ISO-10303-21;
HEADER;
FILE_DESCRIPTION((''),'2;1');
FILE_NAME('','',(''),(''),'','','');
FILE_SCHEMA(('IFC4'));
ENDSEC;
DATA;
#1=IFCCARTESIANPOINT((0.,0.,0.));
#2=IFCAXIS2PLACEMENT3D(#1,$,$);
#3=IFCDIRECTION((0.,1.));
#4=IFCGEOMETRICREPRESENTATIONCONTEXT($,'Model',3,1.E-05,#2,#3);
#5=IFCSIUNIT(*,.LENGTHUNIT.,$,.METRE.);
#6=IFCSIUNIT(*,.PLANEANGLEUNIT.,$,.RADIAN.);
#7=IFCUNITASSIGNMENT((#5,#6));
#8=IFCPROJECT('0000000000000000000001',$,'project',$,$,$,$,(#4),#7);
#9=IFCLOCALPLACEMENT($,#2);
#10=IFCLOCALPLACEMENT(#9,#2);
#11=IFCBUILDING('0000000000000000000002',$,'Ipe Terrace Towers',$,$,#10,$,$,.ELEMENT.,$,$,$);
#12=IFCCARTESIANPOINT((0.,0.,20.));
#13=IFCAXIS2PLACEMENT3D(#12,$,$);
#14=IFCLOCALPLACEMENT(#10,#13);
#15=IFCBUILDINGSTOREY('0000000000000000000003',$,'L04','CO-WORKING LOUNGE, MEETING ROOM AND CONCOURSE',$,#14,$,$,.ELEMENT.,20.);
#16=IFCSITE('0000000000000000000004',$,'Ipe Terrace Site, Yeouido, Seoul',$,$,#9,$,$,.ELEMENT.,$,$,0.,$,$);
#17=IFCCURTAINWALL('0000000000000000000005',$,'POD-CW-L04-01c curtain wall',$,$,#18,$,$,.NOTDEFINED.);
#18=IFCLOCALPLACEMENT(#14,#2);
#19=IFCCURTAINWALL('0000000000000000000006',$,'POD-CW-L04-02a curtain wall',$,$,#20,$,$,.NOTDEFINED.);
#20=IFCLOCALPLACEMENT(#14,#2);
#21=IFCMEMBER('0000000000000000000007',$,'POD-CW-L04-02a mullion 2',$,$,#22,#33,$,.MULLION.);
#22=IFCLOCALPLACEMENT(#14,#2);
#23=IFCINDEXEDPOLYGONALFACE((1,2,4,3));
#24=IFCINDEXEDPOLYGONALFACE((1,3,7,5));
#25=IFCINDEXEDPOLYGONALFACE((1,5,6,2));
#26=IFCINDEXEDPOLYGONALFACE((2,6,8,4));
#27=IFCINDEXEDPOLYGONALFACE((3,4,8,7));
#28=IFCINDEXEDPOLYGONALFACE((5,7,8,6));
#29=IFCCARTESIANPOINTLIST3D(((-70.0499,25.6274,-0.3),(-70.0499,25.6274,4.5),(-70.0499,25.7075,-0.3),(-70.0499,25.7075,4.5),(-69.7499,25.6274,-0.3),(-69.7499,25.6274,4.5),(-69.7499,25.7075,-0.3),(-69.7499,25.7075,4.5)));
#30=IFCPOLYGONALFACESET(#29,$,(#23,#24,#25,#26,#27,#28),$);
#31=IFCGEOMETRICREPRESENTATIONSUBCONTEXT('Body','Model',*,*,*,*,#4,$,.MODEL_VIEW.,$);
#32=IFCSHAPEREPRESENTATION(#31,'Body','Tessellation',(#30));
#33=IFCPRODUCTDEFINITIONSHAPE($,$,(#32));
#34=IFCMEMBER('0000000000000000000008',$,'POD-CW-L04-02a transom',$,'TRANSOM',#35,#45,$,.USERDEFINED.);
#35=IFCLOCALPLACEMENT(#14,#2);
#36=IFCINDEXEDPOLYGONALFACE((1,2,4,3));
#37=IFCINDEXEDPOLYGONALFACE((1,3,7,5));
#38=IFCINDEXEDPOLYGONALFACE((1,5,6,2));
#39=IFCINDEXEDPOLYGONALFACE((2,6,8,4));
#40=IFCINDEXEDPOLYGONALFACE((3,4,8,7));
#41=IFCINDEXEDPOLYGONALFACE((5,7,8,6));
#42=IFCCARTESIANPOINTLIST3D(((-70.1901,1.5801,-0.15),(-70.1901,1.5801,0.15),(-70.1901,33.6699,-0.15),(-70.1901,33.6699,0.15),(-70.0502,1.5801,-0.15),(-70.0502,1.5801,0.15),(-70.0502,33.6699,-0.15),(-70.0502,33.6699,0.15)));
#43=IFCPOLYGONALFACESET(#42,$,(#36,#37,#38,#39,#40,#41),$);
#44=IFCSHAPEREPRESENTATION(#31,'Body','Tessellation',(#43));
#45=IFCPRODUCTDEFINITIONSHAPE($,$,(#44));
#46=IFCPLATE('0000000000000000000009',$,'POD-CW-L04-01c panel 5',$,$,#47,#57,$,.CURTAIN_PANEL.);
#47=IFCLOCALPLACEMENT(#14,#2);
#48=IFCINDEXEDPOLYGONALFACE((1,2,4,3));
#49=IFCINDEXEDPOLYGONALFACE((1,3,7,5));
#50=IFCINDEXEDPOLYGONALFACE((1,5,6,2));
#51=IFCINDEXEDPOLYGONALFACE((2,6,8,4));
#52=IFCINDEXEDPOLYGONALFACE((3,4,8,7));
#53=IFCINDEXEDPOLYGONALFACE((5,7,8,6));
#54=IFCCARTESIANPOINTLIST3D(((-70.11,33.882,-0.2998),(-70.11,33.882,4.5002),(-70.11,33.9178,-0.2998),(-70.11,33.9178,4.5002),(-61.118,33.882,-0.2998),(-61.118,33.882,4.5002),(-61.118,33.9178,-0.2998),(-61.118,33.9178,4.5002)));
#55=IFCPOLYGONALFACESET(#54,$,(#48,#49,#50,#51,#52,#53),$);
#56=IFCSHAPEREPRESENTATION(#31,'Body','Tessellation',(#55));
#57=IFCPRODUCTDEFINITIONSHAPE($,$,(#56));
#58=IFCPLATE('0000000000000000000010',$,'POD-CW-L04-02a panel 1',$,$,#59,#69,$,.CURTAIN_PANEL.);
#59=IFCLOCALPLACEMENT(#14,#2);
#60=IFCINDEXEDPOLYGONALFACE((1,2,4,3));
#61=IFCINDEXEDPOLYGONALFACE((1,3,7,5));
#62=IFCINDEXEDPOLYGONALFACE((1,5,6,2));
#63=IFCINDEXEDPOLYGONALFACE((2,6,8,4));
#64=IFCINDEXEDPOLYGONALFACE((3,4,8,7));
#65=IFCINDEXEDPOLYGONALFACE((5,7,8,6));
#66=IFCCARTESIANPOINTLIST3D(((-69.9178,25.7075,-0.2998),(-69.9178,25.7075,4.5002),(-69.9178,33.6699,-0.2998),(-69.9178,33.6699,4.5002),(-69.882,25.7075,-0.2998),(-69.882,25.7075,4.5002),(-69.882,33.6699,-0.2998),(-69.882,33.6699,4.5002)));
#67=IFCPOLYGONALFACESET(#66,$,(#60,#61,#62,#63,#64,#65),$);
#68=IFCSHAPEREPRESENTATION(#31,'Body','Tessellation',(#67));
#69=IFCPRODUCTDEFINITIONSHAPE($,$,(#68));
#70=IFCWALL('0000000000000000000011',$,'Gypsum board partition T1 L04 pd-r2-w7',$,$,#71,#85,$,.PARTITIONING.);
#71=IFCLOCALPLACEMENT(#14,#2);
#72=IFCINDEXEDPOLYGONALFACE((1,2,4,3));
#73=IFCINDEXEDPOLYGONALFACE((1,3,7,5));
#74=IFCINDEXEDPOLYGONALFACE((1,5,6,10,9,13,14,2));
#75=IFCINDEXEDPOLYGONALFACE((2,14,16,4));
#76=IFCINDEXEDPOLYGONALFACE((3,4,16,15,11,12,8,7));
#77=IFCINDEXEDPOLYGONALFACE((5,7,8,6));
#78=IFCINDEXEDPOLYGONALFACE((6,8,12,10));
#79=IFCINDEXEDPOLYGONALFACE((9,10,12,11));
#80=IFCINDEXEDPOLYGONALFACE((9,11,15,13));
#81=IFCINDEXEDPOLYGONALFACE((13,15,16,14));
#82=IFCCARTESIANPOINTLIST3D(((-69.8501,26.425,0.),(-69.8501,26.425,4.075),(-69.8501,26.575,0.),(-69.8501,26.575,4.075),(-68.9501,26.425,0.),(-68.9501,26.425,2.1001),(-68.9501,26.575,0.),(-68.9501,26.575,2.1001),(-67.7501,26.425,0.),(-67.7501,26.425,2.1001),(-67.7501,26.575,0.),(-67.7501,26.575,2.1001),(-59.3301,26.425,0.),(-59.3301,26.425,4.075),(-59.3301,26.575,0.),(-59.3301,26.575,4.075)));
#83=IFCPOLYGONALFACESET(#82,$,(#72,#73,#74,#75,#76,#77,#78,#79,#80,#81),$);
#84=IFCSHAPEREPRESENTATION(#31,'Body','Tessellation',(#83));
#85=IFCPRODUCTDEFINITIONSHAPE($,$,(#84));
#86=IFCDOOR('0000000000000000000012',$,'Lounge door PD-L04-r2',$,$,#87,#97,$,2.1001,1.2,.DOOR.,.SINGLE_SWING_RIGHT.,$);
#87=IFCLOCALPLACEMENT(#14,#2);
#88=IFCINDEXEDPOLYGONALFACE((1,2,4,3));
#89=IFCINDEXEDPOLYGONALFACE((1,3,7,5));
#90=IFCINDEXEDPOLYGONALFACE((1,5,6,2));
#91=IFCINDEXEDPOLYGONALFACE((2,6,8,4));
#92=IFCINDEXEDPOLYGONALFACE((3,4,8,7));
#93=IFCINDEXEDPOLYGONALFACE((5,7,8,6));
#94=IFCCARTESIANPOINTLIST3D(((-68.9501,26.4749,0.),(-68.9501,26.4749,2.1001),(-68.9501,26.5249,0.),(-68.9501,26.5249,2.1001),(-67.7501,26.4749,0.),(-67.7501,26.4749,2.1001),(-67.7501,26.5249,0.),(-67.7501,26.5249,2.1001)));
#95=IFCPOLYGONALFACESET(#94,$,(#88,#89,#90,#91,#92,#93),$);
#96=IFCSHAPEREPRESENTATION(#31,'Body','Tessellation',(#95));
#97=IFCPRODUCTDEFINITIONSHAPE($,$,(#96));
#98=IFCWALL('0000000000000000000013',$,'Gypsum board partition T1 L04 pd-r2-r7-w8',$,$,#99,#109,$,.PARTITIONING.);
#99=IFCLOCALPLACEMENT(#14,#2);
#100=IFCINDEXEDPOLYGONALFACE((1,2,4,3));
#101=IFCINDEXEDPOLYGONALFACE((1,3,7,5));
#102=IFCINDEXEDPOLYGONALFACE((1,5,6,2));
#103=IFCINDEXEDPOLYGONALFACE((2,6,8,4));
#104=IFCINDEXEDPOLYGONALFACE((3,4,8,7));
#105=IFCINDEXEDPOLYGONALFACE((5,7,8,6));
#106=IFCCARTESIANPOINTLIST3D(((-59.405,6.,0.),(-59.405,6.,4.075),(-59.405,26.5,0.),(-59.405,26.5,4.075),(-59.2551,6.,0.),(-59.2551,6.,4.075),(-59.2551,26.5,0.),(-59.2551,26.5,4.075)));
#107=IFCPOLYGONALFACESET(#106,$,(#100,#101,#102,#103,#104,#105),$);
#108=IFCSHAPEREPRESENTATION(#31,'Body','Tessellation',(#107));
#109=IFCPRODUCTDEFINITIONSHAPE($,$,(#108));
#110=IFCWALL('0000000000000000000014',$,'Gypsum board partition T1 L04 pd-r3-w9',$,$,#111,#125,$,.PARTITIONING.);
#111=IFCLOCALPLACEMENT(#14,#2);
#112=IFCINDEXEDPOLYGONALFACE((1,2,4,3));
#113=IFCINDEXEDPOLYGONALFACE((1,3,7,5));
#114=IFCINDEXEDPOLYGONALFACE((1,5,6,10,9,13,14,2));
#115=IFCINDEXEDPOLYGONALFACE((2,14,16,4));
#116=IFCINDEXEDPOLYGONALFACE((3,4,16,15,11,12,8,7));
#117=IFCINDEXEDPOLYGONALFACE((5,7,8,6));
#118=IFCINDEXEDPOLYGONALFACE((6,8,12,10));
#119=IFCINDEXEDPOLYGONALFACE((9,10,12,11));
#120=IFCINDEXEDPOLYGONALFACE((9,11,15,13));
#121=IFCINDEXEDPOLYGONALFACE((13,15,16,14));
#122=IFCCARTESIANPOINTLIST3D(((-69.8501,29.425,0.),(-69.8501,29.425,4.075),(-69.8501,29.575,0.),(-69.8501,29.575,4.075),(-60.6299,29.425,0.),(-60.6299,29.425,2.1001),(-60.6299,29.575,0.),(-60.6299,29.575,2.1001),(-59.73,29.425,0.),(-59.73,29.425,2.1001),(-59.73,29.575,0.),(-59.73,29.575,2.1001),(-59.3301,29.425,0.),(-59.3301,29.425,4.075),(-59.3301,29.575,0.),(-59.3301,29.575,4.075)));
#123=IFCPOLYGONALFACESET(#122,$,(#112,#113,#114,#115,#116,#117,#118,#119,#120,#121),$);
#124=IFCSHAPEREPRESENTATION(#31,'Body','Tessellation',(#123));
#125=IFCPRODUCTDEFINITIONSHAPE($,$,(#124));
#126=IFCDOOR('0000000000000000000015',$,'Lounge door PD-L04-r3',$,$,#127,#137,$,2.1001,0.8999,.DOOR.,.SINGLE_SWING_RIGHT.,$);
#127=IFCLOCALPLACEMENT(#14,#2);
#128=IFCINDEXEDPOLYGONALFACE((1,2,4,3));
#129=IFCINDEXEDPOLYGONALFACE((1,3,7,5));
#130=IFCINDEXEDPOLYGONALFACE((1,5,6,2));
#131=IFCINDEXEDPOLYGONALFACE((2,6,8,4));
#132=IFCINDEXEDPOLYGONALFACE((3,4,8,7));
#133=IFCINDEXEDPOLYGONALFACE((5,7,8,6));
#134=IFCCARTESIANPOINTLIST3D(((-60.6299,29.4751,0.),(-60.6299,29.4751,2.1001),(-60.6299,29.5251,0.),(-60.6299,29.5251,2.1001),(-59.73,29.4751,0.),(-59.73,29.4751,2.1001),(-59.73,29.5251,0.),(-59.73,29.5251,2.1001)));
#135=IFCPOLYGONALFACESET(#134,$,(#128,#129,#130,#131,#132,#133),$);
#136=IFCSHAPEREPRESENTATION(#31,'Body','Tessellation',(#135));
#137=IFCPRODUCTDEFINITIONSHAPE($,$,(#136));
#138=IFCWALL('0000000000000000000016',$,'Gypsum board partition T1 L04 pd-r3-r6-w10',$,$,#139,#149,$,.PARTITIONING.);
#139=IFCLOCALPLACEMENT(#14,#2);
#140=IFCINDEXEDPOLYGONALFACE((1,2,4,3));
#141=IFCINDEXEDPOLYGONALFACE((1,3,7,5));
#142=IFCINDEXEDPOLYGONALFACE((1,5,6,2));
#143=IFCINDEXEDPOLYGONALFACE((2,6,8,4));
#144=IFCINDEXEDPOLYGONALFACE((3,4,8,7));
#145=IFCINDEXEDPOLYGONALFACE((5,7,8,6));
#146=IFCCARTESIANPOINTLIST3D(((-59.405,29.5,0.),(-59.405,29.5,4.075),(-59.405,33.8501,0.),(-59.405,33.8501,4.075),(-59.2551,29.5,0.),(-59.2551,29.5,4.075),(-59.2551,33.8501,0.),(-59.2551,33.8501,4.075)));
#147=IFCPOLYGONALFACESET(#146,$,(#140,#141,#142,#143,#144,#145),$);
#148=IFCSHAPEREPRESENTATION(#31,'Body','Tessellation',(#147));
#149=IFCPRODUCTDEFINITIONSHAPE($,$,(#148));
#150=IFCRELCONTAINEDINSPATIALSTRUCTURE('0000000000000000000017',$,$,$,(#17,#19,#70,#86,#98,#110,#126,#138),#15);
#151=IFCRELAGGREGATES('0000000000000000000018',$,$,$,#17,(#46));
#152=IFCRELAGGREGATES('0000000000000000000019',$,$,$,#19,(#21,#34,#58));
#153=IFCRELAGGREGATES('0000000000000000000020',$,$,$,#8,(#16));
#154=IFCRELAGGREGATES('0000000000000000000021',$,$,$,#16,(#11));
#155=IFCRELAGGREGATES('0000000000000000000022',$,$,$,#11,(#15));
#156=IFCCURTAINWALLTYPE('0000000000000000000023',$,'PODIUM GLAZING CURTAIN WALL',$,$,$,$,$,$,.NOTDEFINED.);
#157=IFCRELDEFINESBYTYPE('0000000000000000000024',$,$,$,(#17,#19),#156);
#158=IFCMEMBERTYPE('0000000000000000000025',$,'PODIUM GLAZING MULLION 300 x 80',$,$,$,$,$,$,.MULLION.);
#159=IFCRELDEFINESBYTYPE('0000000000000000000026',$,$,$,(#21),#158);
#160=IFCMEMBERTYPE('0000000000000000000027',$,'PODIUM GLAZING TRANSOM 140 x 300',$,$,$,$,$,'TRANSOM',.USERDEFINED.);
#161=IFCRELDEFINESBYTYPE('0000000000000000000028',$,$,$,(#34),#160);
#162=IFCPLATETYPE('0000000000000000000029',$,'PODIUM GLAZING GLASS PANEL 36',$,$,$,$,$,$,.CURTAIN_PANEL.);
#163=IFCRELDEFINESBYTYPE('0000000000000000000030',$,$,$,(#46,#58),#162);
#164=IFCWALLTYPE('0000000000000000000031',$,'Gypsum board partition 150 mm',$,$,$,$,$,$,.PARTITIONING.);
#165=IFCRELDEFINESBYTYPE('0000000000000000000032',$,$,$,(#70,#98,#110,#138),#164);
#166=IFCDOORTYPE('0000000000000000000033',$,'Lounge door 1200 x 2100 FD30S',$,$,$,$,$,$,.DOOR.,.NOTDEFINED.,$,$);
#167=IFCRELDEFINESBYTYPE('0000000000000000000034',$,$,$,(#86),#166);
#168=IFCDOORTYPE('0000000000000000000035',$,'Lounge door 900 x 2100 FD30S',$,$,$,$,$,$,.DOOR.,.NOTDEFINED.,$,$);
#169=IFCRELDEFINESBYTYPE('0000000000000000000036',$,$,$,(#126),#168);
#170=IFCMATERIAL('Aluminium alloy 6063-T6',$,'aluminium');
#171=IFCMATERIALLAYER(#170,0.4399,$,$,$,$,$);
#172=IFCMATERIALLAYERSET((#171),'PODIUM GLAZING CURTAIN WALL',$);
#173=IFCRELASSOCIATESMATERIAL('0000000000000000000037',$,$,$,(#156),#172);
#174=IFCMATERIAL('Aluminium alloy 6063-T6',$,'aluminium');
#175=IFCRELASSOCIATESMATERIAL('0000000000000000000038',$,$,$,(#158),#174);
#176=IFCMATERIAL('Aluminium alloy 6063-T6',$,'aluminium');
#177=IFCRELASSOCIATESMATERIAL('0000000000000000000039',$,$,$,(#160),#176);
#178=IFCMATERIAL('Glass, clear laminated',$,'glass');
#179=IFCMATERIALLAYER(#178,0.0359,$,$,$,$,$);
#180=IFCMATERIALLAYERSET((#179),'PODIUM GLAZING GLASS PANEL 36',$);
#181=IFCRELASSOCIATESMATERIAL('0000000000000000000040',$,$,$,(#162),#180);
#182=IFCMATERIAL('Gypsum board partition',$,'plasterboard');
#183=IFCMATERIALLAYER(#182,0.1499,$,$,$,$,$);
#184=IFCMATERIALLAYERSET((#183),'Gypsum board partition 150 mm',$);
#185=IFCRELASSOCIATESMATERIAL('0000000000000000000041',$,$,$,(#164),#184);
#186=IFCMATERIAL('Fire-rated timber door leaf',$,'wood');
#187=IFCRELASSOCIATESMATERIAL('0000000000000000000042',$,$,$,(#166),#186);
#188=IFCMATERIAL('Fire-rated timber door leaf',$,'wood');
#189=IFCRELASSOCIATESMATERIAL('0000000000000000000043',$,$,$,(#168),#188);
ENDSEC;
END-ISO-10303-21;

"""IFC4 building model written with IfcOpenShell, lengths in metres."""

from ifc_helpers import new_model, si_unit, direction, frame, frame_2d, origin, origin_2d, place, context, subcontext, project, spatial, rectangle, extrude, material, layer, layer_set, material_profile, profile_set, type_object, element, fill, aggregate, save


model = new_model("IFC4")

# Units and contexts
model_context = context("Model", 3, precision=1e-05, world=origin(), true_north=direction((0.0, 1.0)))
body_context = subcontext(model_context, "Body", "Model", "MODEL_VIEW")
ifc_project = project(units=[si_unit("LENGTHUNIT", "METRE"), si_unit("PLANEANGLEUNIT", "RADIAN")], contexts=[model_context])

# Site, building, storey
site_placement = place(None, origin())
site = spatial("IfcSite", under=ifc_project, at=site_placement, Name="Ipe Terrace Site, Yeouido, Seoul", CompositionType="ELEMENT", RefElevation=0.0)
building_placement = place(site_placement, origin())
building = spatial("IfcBuilding", under=site, at=building_placement, Name="Ipe Terrace Towers", CompositionType="ELEMENT")
storey_placement = place(building_placement, frame((0.0, 0.0, 20.0)))
storey = spatial("IfcBuildingStorey", under=building, at=storey_placement, Name="L04", Description="CO-WORKING LOUNGE, MEETING ROOM AND CONCOURSE", CompositionType="ELEMENT", Elevation=20.0)

# Curtain walls, members
ifc_material_1 = material(Name="Aluminium alloy 6063-T6", Category="aluminium")
ifc_layer_1 = layer(ifc_material_1, 0.4399)
ifc_layer_set_1 = layer_set([ifc_layer_1], Name="PODIUM GLAZING CURTAIN WALL")
curtain_wall_type = type_object("IfcCurtainWallType", Name="PODIUM GLAZING CURTAIN WALL", PredefinedType="NOTDEFINED", material=ifc_layer_set_1)
curtain_wall_1_placement = place(storey_placement, origin())
curtain_wall_1 = element("IfcCurtainWall", 1, at=curtain_wall_1_placement, inside=storey, type_object=curtain_wall_type, Name="POD-CW-L04-01c curtain wall", PredefinedType="NOTDEFINED")
ifc_material_2 = material(Name="Aluminium alloy 6063-T6", Category="aluminium")
ifc_material_profile_1 = material_profile(ifc_material_2, rectangle(XDim=0.3, YDim=0.0801, at=origin_2d()), Name="PODIUM GLAZING MULLION 300 x 80")
ifc_profile_set_1 = profile_set([ifc_material_profile_1], Name="Aluminium alloy 6063-T6")
member_type_1 = type_object("IfcMemberType", Name="PODIUM GLAZING MULLION 300 x 80", PredefinedType="MULLION", material=ifc_profile_set_1)
curtain_wall_2_placement = place(storey_placement, origin())
curtain_wall_2 = element("IfcCurtainWall", 2, at=curtain_wall_2_placement, inside=storey, type_object=curtain_wall_type, Name="POD-CW-L04-02a curtain wall", PredefinedType="NOTDEFINED")
member_1_placement = place(storey_placement, frame((-69.8999, 25.6675, -0.3), z_axis=(0.0, 0.0, 1.0), x_axis=(-1.0, 0.0, 0.0)))
member_1 = element("IfcMember", 3, at=member_1_placement, type_object=member_type_1, Name="POD-CW-L04-02a mullion 2", PredefinedType="MULLION", context=body_context, shape_type="SweptSolid", body=[
    extrude(rectangle(XDim=0.3, YDim=0.0801, at=origin_2d()), origin(), (0.0, 0.0, 1.0), 4.8),
])
ifc_material_3 = material(Name="Aluminium alloy 6063-T6", Category="aluminium")
ifc_material_profile_2 = material_profile(ifc_material_3, rectangle(XDim=0.1399, YDim=0.3, at=origin_2d()), Name="PODIUM GLAZING TRANSOM 140 x 300")
ifc_profile_set_2 = profile_set([ifc_material_profile_2], Name="Aluminium alloy 6063-T6")
member_type_2 = type_object("IfcMemberType", Name="PODIUM GLAZING TRANSOM 140 x 300", ElementType="TRANSOM", PredefinedType="USERDEFINED", material=ifc_profile_set_2)
member_2_placement = place(storey_placement, frame((-70.1201, 33.6699, 0.0), z_axis=(0.0, -1.0, 0.0), x_axis=(-1.0, 0.0, 0.0)))
member_2 = element("IfcMember", 4, at=member_2_placement, type_object=member_type_2, Name="POD-CW-L04-02a transom", ObjectType="TRANSOM", PredefinedType="USERDEFINED", context=body_context, shape_type="SweptSolid", body=[
    extrude(rectangle(XDim=0.1399, YDim=0.3, at=origin_2d()), origin(), (0.0, 0.0, 1.0), 32.0898),
])

# Plates
ifc_material_4 = material(Name="Glass, clear laminated", Category="glass")
ifc_layer_2 = layer(ifc_material_4, 0.0359)
ifc_layer_set_2 = layer_set([ifc_layer_2], Name="PODIUM GLAZING GLASS PANEL 36")
plate_type = type_object("IfcPlateType", Name="PODIUM GLAZING GLASS PANEL 36", PredefinedType="CURTAIN_PANEL", material=ifc_layer_set_2)
plate_1_placement = place(storey_placement, frame((-65.614, 33.8999, -0.2998), z_axis=(0.0, 0.0, 1.0), x_axis=(-1.0, 0.0, 0.0)))
plate_1 = element("IfcPlate", 5, at=plate_1_placement, type_object=plate_type, Name="POD-CW-L04-01c panel 5", PredefinedType="CURTAIN_PANEL", context=body_context, shape_type="SweptSolid", body=[
    extrude(rectangle(XDim=8.9919, YDim=0.0359, at=origin_2d()), origin(), (0.0, 0.0, 1.0), 4.8),
])
aggregate(curtain_wall_1, [plate_1])
plate_2_placement = place(storey_placement, frame((-69.8999, 29.6887, -0.2998), z_axis=(0.0, 0.0, 1.0), x_axis=(0.0, -1.0, 0.0)))
plate_2 = element("IfcPlate", 6, at=plate_2_placement, type_object=plate_type, Name="POD-CW-L04-02a panel 1", PredefinedType="CURTAIN_PANEL", context=body_context, shape_type="SweptSolid", body=[
    extrude(rectangle(XDim=7.9624, YDim=0.0359, at=origin_2d()), origin(), (0.0, 0.0, 1.0), 4.8),
])
aggregate(curtain_wall_2, [member_1, member_2, plate_2])

# Wall, opening, door
ifc_material_5 = material(Name="Gypsum board partition", Category="plasterboard")
ifc_layer_3 = layer(ifc_material_5, 0.1499)
ifc_layer_set_3 = layer_set([ifc_layer_3], Name="Gypsum board partition 150 mm")
wall_type_1 = type_object("IfcWallType", Name="Gypsum board partition 150 mm", PredefinedType="PARTITIONING", material=ifc_layer_set_3)
wall_1_placement = place(storey_placement, frame((-69.8501, 26.5, 0.0), z_axis=(0.0, 0.0, 1.0), x_axis=(1.0, 0.0, 0.0)))
wall_1 = element("IfcWall", 7, at=wall_1_placement, inside=storey, type_object=wall_type_1, Name="Gypsum board partition T1 L04 pd-r2-w7", PredefinedType="PARTITIONING", context=body_context, shape_type="SweptSolid", body=[
    extrude(rectangle(XDim=10.52, YDim=0.1499, at=frame_2d((5.26, 0.0))), origin(), (0.0, 0.0, 1.0), 4.075),
])
opening_1_placement = place(wall_1_placement, frame((0.8999, 0.0, 0.0)))
opening_1 = element("IfcOpeningElement", 8, at=opening_1_placement, cuts=wall_1, PredefinedType="OPENING", context=body_context, shape_type="SweptSolid", body=[
    extrude(rectangle(XDim=1.2, YDim=2.1001, at=frame_2d((0.6001, 1.05))), frame((0.0, 0.085, 0.0), z_axis=(0.0, -1.0, 0.0), x_axis=(1.0, 0.0, 0.0)), (0.0, 0.0, 1.0), 0.1699),
])
ifc_material_6 = material(Name="Fire-rated timber door leaf", Category="wood")
door_type_1 = type_object("IfcDoorType", Name="Lounge door 1200 x 2100 FD30S", OperationType="NOTDEFINED", PredefinedType="DOOR", material=ifc_material_6)
door_1_placement = place(opening_1_placement, origin())
door_1 = element("IfcDoor", 9, at=door_1_placement, inside=storey, type_object=door_type_1, Name="Lounge door PD-L04-r2", OperationType="SINGLE_SWING_RIGHT", OverallHeight=2.1001, OverallWidth=1.2, PredefinedType="DOOR", context=body_context, shape_type="SweptSolid", body=[
    extrude(rectangle(XDim=1.2, YDim=2.1001, at=frame_2d((0.6001, 1.05))), frame((0.0, 0.0249, 0.0), z_axis=(0.0, -1.0, 0.0), x_axis=(1.0, 0.0, 0.0)), (0.0, 0.0, 1.0), 0.05),
])
fill(opening_1, door_1)

# Wall
wall_2_placement = place(storey_placement, frame((-59.3301, 26.5, 0.0), z_axis=(0.0, 0.0, 1.0), x_axis=(0.0, -1.0, 0.0)))
element("IfcWall", 10, at=wall_2_placement, inside=storey, type_object=wall_type_1, Name="Gypsum board partition T1 L04 pd-r2-r7-w8", PredefinedType="PARTITIONING", context=body_context, shape_type="SweptSolid", body=[
    extrude(rectangle(XDim=20.5, YDim=0.1499, at=frame_2d((10.25, 0.0))), origin(), (0.0, 0.0, 1.0), 4.075),
])

# Wall, opening, door
wall_3_placement = place(storey_placement, frame((-59.3301, 29.5, 0.0), z_axis=(0.0, 0.0, 1.0), x_axis=(-1.0, 0.0, 0.0)))
wall_3 = element("IfcWall", 11, at=wall_3_placement, inside=storey, type_object=wall_type_1, Name="Gypsum board partition T1 L04 pd-r3-w9", PredefinedType="PARTITIONING", context=body_context, shape_type="SweptSolid", body=[
    extrude(rectangle(XDim=10.52, YDim=0.1499, at=frame_2d((5.26, 0.0))), origin(), (0.0, 0.0, 1.0), 4.075),
])
opening_2_placement = place(wall_3_placement, frame((0.3999, 0.0, 0.0)))
opening_2 = element("IfcOpeningElement", 12, at=opening_2_placement, cuts=wall_3, PredefinedType="OPENING", context=body_context, shape_type="SweptSolid", body=[
    extrude(rectangle(XDim=0.8999, YDim=2.1001, at=frame_2d((0.45, 1.05))), frame((0.0, 0.085, 0.0), z_axis=(0.0, -1.0, 0.0), x_axis=(1.0, 0.0, 0.0)), (0.0, 0.0, 1.0), 0.1699),
])
ifc_material_7 = material(Name="Fire-rated timber door leaf", Category="wood")
door_type_2 = type_object("IfcDoorType", Name="Lounge door 900 x 2100 FD30S", OperationType="NOTDEFINED", PredefinedType="DOOR", material=ifc_material_7)
door_2_placement = place(opening_2_placement, origin())
door_2 = element("IfcDoor", 13, at=door_2_placement, inside=storey, type_object=door_type_2, Name="Lounge door PD-L04-r3", OperationType="SINGLE_SWING_RIGHT", OverallHeight=2.1001, OverallWidth=0.8999, PredefinedType="DOOR", context=body_context, shape_type="SweptSolid", body=[
    extrude(rectangle(XDim=0.8999, YDim=2.1001, at=frame_2d((0.45, 1.05))), frame((0.0, 0.0249, 0.0), z_axis=(0.0, -1.0, 0.0), x_axis=(1.0, 0.0, 0.0)), (0.0, 0.0, 1.0), 0.05),
])
fill(opening_2, door_2)

# Wall
wall_4_placement = place(storey_placement, frame((-59.3301, 33.8501, 0.0), z_axis=(0.0, 0.0, 1.0), x_axis=(0.0, -1.0, 0.0)))
element("IfcWall", 14, at=wall_4_placement, inside=storey, type_object=wall_type_1, Name="Gypsum board partition T1 L04 pd-r3-r6-w10", PredefinedType="PARTITIONING", context=body_context, shape_type="SweptSolid", body=[
    extrude(rectangle(XDim=4.3501, YDim=0.1499, at=frame_2d((2.175, 0.0))), origin(), (0.0, 0.0, 1.0), 4.075),
])

save(model, "model.ifc")
